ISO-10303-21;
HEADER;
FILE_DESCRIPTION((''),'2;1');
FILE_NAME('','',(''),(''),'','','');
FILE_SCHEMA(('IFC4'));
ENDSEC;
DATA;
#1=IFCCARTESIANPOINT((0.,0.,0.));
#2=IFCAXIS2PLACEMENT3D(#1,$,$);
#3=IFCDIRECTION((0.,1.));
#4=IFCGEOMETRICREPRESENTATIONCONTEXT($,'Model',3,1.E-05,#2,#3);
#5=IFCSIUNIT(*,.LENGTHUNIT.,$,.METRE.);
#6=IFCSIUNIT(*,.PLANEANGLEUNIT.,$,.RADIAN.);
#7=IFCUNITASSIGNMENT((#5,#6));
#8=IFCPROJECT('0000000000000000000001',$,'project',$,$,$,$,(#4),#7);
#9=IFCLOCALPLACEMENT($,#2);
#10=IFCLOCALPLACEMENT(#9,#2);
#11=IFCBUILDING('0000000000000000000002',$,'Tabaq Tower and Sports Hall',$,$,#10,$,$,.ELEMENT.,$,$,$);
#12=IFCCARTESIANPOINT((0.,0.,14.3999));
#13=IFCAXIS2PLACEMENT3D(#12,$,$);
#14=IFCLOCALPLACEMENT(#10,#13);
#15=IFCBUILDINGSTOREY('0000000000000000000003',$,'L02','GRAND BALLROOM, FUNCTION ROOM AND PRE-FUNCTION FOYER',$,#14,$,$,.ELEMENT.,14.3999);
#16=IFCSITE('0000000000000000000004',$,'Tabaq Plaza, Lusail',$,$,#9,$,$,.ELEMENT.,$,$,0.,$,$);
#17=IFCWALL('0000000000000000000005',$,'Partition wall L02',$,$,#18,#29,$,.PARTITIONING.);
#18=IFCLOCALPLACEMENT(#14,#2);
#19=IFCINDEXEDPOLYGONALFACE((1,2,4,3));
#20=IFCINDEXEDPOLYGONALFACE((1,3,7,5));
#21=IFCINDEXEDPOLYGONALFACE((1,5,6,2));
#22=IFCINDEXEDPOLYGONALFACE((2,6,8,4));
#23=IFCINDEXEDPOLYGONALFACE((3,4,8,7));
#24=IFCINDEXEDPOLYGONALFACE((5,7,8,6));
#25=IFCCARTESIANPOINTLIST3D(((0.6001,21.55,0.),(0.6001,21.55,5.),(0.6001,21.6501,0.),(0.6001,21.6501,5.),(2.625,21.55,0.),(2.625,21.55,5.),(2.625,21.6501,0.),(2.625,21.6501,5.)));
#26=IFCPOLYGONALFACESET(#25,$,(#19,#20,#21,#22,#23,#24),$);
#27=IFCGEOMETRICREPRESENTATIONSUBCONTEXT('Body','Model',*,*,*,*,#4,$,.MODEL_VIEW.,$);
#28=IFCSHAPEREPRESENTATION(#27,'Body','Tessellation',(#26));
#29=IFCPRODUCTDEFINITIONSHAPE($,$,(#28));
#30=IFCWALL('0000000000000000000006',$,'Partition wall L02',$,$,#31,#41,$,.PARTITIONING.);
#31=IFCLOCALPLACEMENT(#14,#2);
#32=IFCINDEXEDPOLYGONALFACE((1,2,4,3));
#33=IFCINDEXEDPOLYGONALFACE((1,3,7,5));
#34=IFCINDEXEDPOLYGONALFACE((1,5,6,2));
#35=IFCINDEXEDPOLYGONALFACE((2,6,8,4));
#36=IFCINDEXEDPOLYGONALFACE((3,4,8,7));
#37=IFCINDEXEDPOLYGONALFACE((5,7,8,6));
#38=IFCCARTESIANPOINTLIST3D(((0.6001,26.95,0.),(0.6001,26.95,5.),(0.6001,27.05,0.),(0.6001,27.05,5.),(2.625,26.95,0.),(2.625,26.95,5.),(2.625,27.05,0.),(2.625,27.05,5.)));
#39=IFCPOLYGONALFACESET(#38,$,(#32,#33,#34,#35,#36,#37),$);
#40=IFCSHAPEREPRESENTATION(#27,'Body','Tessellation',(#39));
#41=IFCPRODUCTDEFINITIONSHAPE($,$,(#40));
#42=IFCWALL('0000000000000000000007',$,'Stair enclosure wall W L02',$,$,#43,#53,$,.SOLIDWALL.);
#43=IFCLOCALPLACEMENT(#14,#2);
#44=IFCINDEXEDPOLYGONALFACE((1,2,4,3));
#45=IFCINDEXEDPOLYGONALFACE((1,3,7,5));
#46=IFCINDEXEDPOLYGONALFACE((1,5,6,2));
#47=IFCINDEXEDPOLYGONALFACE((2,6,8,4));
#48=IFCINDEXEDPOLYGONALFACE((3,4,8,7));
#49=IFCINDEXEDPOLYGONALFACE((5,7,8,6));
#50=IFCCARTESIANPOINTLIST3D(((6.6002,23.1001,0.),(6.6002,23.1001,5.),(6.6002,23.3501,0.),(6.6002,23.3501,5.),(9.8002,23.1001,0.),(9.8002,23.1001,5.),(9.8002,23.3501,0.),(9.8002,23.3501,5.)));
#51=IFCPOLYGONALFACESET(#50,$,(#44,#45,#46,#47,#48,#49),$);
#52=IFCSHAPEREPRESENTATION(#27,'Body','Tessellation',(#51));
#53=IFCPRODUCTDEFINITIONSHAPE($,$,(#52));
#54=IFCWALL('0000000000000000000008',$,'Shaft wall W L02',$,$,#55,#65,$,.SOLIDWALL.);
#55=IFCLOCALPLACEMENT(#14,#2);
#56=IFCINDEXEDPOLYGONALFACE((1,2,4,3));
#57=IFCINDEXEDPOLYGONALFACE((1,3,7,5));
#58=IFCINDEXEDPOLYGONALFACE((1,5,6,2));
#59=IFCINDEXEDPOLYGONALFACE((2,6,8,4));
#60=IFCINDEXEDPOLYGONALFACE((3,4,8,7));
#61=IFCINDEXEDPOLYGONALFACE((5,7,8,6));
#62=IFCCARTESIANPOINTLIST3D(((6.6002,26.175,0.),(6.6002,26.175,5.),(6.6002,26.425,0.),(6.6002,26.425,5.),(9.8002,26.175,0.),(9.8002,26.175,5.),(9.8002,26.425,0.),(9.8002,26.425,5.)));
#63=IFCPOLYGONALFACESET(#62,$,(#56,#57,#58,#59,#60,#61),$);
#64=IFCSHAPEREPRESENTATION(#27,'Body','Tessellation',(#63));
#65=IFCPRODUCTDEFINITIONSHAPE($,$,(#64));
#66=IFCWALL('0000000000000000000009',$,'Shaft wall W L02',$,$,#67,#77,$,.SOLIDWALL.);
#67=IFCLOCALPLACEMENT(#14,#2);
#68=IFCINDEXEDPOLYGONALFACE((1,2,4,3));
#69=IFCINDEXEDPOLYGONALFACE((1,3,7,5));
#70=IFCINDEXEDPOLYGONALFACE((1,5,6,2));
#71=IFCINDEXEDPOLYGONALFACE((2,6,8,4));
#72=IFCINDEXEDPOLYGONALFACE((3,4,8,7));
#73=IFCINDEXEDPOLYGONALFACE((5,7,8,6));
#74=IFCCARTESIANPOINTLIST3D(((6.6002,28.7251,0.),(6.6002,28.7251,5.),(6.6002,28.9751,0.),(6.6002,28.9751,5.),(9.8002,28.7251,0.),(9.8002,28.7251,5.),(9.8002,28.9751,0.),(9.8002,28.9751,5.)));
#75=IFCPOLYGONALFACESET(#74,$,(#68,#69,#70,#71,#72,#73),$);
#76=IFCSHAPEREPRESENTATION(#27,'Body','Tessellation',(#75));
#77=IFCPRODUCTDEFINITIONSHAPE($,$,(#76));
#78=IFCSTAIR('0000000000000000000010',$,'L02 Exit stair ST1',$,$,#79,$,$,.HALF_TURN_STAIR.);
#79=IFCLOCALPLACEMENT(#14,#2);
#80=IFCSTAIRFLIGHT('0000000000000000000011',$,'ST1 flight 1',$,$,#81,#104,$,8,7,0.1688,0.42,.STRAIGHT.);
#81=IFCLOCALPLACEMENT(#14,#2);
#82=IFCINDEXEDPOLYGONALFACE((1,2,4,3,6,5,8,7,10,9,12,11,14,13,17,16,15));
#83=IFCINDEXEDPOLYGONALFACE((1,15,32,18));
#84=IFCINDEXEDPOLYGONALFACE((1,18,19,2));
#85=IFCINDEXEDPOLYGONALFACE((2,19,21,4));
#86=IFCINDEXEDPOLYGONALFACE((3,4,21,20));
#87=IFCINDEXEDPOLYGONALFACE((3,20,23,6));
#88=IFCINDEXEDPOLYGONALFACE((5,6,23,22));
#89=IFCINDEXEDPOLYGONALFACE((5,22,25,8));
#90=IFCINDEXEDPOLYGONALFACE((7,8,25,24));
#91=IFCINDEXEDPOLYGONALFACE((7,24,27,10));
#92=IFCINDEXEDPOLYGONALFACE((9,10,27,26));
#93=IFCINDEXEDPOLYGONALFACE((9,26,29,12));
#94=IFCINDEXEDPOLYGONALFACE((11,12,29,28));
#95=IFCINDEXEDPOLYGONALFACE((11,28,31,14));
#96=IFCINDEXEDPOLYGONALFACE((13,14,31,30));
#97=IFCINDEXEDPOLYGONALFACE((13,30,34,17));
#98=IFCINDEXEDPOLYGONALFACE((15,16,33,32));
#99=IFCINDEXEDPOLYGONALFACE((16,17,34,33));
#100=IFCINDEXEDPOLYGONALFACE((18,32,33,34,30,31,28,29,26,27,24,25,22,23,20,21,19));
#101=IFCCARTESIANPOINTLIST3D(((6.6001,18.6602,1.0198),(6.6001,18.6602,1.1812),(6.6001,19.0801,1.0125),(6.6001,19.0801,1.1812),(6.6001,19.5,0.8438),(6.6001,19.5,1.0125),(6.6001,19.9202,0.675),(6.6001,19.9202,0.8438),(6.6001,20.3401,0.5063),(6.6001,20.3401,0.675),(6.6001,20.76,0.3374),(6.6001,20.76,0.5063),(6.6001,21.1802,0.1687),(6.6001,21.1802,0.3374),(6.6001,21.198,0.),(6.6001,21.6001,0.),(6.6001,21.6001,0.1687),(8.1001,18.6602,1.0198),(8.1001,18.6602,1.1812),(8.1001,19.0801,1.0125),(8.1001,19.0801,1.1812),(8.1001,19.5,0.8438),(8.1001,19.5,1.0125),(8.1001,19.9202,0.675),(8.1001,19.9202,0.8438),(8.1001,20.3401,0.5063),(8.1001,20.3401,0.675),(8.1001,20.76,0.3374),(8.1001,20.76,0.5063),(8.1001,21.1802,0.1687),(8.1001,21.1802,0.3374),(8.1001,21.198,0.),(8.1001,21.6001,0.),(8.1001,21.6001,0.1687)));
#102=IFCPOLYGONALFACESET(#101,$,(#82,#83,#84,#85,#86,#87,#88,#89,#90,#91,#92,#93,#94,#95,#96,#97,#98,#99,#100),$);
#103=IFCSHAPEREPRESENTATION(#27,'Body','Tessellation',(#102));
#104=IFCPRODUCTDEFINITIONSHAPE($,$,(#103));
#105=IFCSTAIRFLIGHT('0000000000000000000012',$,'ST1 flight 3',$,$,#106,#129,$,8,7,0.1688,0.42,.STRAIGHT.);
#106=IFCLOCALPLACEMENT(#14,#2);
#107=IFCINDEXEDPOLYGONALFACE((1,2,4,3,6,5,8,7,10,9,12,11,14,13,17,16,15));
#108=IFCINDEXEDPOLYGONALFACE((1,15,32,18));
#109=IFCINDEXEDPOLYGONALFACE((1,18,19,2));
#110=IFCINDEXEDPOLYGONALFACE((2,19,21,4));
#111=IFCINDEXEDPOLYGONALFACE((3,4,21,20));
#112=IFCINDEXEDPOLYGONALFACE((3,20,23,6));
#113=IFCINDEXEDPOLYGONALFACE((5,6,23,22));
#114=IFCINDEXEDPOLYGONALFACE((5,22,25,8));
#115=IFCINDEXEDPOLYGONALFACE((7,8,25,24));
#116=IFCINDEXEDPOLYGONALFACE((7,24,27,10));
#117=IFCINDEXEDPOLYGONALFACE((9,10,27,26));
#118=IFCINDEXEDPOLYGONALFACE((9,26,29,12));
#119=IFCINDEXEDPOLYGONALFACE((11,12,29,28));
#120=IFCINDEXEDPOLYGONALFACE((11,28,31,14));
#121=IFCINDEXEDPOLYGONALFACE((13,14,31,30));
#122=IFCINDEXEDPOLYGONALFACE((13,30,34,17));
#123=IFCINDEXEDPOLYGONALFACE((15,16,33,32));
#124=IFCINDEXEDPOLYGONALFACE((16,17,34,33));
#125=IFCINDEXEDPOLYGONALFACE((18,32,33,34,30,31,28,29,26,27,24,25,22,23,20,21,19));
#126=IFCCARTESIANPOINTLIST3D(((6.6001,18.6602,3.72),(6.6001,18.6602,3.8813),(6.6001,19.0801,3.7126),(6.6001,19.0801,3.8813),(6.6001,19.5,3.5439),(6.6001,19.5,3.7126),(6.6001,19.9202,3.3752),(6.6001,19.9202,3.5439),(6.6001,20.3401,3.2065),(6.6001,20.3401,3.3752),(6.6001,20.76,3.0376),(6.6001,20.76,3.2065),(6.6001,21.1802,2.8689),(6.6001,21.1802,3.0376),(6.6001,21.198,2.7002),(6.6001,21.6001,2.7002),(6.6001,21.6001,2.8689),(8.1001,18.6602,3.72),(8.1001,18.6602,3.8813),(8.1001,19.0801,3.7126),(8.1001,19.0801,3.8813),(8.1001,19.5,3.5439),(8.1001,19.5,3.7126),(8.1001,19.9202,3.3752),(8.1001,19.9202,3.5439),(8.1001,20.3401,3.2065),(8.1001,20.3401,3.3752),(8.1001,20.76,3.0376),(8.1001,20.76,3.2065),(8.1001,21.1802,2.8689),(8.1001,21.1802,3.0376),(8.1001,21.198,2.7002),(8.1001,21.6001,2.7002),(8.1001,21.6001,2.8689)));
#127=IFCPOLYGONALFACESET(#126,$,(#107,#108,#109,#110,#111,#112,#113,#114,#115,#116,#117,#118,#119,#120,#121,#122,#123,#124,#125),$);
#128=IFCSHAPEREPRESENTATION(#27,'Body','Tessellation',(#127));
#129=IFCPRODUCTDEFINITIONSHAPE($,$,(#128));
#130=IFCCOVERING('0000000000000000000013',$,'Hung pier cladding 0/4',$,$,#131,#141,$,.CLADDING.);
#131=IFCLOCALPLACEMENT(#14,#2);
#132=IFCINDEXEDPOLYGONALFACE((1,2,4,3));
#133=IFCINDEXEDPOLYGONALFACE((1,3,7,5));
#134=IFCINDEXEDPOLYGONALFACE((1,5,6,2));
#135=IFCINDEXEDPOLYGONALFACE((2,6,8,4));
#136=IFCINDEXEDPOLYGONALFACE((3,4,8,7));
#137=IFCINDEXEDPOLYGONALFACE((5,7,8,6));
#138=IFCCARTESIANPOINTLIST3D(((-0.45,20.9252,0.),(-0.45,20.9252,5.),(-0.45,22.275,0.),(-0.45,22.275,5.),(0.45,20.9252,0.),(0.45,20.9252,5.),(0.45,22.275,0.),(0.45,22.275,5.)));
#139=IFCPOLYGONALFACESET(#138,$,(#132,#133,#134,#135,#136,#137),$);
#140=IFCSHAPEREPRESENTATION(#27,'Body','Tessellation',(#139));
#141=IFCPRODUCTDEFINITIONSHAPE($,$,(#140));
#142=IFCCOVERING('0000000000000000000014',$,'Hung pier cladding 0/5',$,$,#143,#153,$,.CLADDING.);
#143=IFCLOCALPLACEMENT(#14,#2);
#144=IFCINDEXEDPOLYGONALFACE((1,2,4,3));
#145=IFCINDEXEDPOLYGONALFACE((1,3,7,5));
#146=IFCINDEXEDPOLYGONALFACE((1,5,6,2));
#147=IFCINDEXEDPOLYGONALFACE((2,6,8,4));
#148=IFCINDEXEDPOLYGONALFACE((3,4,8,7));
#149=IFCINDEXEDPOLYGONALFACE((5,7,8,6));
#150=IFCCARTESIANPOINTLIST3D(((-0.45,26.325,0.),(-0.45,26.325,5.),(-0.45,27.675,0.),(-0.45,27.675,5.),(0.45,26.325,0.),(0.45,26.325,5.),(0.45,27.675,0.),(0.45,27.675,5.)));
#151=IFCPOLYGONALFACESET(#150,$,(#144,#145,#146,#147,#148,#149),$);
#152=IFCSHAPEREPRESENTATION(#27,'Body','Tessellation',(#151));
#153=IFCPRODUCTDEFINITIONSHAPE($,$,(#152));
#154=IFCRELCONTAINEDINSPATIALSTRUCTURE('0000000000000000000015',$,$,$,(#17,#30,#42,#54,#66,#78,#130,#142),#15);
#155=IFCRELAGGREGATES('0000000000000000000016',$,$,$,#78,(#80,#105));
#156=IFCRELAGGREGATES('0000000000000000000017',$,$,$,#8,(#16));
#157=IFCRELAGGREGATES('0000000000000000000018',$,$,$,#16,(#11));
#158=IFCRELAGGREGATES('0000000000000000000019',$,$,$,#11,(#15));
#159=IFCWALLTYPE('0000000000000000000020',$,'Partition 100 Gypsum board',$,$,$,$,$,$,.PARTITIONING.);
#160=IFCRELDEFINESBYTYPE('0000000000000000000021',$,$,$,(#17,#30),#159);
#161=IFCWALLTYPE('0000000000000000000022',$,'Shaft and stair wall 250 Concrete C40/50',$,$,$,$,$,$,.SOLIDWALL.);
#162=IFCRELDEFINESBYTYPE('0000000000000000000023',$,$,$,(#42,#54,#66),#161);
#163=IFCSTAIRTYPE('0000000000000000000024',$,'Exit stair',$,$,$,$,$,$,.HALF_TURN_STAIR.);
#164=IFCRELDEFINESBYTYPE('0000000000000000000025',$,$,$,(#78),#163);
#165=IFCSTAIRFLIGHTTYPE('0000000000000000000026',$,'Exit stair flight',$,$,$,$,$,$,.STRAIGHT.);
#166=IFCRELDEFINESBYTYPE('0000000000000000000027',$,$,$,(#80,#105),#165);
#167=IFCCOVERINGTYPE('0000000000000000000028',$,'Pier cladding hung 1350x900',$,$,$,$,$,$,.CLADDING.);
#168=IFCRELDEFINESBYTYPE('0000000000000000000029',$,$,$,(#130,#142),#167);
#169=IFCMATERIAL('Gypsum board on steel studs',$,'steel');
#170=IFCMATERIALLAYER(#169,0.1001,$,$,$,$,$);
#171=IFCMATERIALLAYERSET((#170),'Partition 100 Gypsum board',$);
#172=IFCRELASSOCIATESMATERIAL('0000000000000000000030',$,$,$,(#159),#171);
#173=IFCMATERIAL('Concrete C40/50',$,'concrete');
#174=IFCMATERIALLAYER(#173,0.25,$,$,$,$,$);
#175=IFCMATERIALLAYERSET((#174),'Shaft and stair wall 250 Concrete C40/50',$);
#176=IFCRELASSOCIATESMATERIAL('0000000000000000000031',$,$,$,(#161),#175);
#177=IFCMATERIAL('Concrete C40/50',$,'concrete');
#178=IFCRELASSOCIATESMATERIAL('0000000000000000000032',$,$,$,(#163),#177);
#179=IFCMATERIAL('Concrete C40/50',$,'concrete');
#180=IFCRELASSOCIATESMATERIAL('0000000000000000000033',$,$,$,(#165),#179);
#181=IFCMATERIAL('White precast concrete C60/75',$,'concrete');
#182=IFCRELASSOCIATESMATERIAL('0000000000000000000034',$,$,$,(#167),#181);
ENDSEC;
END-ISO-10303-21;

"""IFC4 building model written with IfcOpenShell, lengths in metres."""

from ifc_helpers import new_model, si_unit, direction, frame, frame_2d, origin, place, context, subcontext, project, spatial, polyline, rectangle, outline, extrude, material, layer, layer_set, type_object, element, aggregate, save


model = new_model("IFC4")

# Units and contexts
model_context = context("Model", 3, precision=1e-05, world=origin(), true_north=direction((0.0, 1.0)))
body_context = subcontext(model_context, "Body", "Model", "MODEL_VIEW")
ifc_project = project(units=[si_unit("LENGTHUNIT", "METRE"), si_unit("PLANEANGLEUNIT", "RADIAN")], contexts=[model_context])

# Site, building, storey
site_placement = place(None, origin())
site = spatial("IfcSite", under=ifc_project, at=site_placement, Name="Tabaq Plaza, Lusail", CompositionType="ELEMENT", RefElevation=0.0)
building_placement = place(site_placement, origin())
building = spatial("IfcBuilding", under=site, at=building_placement, Name="Tabaq Tower and Sports Hall", CompositionType="ELEMENT")
storey_placement = place(building_placement, frame((0.0, 0.0, 14.3999)))
storey = spatial("IfcBuildingStorey", under=building, at=storey_placement, Name="L02", Description="GRAND BALLROOM, FUNCTION ROOM AND PRE-FUNCTION FOYER", CompositionType="ELEMENT", Elevation=14.3999)

# Walls
ifc_material_1 = material(Name="Gypsum board on steel studs", Category="steel")
ifc_layer_1 = layer(ifc_material_1, 0.1001)
ifc_layer_set_1 = layer_set([ifc_layer_1], Name="Partition 100 Gypsum board")
wall_type_1 = type_object("IfcWallType", Name="Partition 100 Gypsum board", PredefinedType="PARTITIONING", material=ifc_layer_set_1)
for number, where, z_axis, x_axis, name in (
    (1, (2.625, 21.6001, 0.0), (0.0, 0.0, 1.0), (-1.0, 0.0, 0.0), "Partition wall L02"),
    (2, (2.625, 27.0, 0.0), (0.0, 0.0, 1.0), (-1.0, 0.0, 0.0), "Partition wall L02"),
):
    element("IfcWall", number, at=place(storey_placement, frame(where, z_axis=z_axis, x_axis=x_axis)), inside=storey, type_object=wall_type_1, Name=name, PredefinedType="PARTITIONING", context=body_context, shape_type="SweptSolid", body=[
        extrude(rectangle(XDim=2.0249, YDim=0.1001, at=frame_2d((1.0125, 0.0))), origin(), (0.0, 0.0, 1.0), 5.0),
    ])
ifc_material_2 = material(Name="Concrete C40/50", Category="concrete")
ifc_layer_2 = layer(ifc_material_2, 0.25)
ifc_layer_set_2 = layer_set([ifc_layer_2], Name="Shaft and stair wall 250 Concrete C40/50")
wall_type_2 = type_object("IfcWallType", Name="Shaft and stair wall 250 Concrete C40/50", PredefinedType="SOLIDWALL", material=ifc_layer_set_2)
for number, where, z_axis, x_axis, name in (
    (3, (6.6001, 23.2251, 0.0), (0.0, 0.0, 1.0), (1.0, 0.0, 0.0), "Stair enclosure wall W L02"),
    (4, (6.6001, 26.3, 0.0), (0.0, 0.0, 1.0), (1.0, 0.0, 0.0), "Shaft wall W L02"),
    (5, (6.6001, 28.8501, 0.0), (0.0, 0.0, 1.0), (1.0, 0.0, 0.0), "Shaft wall W L02"),
):
    element("IfcWall", number, at=place(storey_placement, frame(where, z_axis=z_axis, x_axis=x_axis)), inside=storey, type_object=wall_type_2, Name=name, PredefinedType="SOLIDWALL", context=body_context, shape_type="SweptSolid", body=[
        extrude(rectangle(XDim=3.2, YDim=0.25, at=frame_2d((1.6001, 0.0))), origin(), (0.0, 0.0, 1.0), 5.0),
    ])

# Stair, stair flights
ifc_material_3 = material(Name="Concrete C40/50", Category="concrete")
stair_type = type_object("IfcStairType", Name="Exit stair", PredefinedType="HALF_TURN_STAIR", material=ifc_material_3)
stair_placement = place(storey_placement, origin())
stair = element("IfcStair", 6, at=stair_placement, inside=storey, type_object=stair_type, Name="L02 Exit stair ST1", PredefinedType="HALF_TURN_STAIR")
ifc_material_4 = material(Name="Concrete C40/50", Category="concrete")
stair_flight_type = type_object("IfcStairFlightType", Name="Exit stair flight", PredefinedType="STRAIGHT", material=ifc_material_4)
stair_flight_1_placement = place(storey_placement, frame((7.3501, 21.6001, 0.0), z_axis=(0.0, 0.0, 1.0), x_axis=(0.0, -1.0, 0.0)))
stair_flight_1 = element("IfcStairFlight", 7, at=stair_flight_1_placement, type_object=stair_flight_type, Name="ST1 flight 1", NumberOfRisers=8, NumberOfTreads=7, PredefinedType="STRAIGHT", RiserHeight=0.1688, TreadLength=0.42, context=body_context, shape_type="SweptSolid", body=[
    extrude(outline(polyline([(0.0, 0.0), (0.0, 0.1687), (0.4199, 0.1687), (0.4199, 0.3374), (0.8401, 0.3374), (0.8401, 0.5063), (1.26, 0.5063), (1.26, 0.675), (1.6799, 0.675), (1.6799, 0.8438), (2.1001, 0.8438), (2.1001, 1.0125), (2.52, 1.0125), (2.52, 1.1812), (2.9399, 1.1812), (2.9399, 1.3501), (2.9399, 1.0198), (0.4021, 0.0), (0.0, 0.0)])), frame((0.0, 0.75, 0.0), z_axis=(0.0, -1.0, 0.0), x_axis=(1.0, 0.0, 0.0)), (0.0, 0.0, 1.0), 1.5),
])
stair_flight_2_placement = place(storey_placement, frame((7.3501, 21.6001, 2.7002), z_axis=(0.0, 0.0, 1.0), x_axis=(0.0, -1.0, 0.0)))
stair_flight_2 = element("IfcStairFlight", 8, at=stair_flight_2_placement, type_object=stair_flight_type, Name="ST1 flight 3", NumberOfRisers=8, NumberOfTreads=7, PredefinedType="STRAIGHT", RiserHeight=0.1688, TreadLength=0.42, context=body_context, shape_type="SweptSolid", body=[
    extrude(outline(polyline([(0.0, 0.0), (0.0, 0.1687), (0.4199, 0.1687), (0.4199, 0.3374), (0.8401, 0.3374), (0.8401, 0.5063), (1.26, 0.5063), (1.26, 0.675), (1.6799, 0.675), (1.6799, 0.8438), (2.1001, 0.8438), (2.1001, 1.0125), (2.52, 1.0125), (2.52, 1.1812), (2.9399, 1.1812), (2.9399, 1.3501), (2.9399, 1.0198), (0.4021, 0.0), (0.0, 0.0)])), frame((0.0, 0.75, 0.0), z_axis=(0.0, -1.0, 0.0), x_axis=(1.0, 0.0, 0.0)), (0.0, 0.0, 1.0), 1.5),
])
aggregate(stair, [stair_flight_1, stair_flight_2])

# Coverings
ifc_material_5 = material(Name="White precast concrete C60/75", Category="concrete")
covering_type = type_object("IfcCoveringType", Name="Pier cladding hung 1350x900", PredefinedType="CLADDING", material=ifc_material_5)
covering_1_placement = place(storey_placement, frame((0.0, 22.2749, 0.0), z_axis=(0.0, 0.0, 1.0), x_axis=(0.0, -1.0, 0.0)))
element("IfcCovering", 9, at=covering_1_placement, inside=storey, type_object=covering_type, Name="Hung pier cladding 0/4", PredefinedType="CLADDING", context=body_context, shape_type="SweptSolid", body=[
    extrude(rectangle(XDim=1.3499, YDim=0.8999, at=frame_2d((0.6748, 0.0))), origin(), (0.0, 0.0, 1.0), 5.0),
])
covering_2_placement = place(storey_placement, frame((0.0, 27.675, 0.0), z_axis=(0.0, 0.0, 1.0), x_axis=(0.0, -1.0, 0.0)))
element("IfcCovering", 10, at=covering_2_placement, inside=storey, type_object=covering_type, Name="Hung pier cladding 0/5", PredefinedType="CLADDING", context=body_context, shape_type="SweptSolid", body=[
    extrude(rectangle(XDim=1.3501, YDim=0.8999, at=frame_2d((0.675, 0.0))), origin(), (0.0, 0.0, 1.0), 5.0),
])

save(model, "model.ifc")
